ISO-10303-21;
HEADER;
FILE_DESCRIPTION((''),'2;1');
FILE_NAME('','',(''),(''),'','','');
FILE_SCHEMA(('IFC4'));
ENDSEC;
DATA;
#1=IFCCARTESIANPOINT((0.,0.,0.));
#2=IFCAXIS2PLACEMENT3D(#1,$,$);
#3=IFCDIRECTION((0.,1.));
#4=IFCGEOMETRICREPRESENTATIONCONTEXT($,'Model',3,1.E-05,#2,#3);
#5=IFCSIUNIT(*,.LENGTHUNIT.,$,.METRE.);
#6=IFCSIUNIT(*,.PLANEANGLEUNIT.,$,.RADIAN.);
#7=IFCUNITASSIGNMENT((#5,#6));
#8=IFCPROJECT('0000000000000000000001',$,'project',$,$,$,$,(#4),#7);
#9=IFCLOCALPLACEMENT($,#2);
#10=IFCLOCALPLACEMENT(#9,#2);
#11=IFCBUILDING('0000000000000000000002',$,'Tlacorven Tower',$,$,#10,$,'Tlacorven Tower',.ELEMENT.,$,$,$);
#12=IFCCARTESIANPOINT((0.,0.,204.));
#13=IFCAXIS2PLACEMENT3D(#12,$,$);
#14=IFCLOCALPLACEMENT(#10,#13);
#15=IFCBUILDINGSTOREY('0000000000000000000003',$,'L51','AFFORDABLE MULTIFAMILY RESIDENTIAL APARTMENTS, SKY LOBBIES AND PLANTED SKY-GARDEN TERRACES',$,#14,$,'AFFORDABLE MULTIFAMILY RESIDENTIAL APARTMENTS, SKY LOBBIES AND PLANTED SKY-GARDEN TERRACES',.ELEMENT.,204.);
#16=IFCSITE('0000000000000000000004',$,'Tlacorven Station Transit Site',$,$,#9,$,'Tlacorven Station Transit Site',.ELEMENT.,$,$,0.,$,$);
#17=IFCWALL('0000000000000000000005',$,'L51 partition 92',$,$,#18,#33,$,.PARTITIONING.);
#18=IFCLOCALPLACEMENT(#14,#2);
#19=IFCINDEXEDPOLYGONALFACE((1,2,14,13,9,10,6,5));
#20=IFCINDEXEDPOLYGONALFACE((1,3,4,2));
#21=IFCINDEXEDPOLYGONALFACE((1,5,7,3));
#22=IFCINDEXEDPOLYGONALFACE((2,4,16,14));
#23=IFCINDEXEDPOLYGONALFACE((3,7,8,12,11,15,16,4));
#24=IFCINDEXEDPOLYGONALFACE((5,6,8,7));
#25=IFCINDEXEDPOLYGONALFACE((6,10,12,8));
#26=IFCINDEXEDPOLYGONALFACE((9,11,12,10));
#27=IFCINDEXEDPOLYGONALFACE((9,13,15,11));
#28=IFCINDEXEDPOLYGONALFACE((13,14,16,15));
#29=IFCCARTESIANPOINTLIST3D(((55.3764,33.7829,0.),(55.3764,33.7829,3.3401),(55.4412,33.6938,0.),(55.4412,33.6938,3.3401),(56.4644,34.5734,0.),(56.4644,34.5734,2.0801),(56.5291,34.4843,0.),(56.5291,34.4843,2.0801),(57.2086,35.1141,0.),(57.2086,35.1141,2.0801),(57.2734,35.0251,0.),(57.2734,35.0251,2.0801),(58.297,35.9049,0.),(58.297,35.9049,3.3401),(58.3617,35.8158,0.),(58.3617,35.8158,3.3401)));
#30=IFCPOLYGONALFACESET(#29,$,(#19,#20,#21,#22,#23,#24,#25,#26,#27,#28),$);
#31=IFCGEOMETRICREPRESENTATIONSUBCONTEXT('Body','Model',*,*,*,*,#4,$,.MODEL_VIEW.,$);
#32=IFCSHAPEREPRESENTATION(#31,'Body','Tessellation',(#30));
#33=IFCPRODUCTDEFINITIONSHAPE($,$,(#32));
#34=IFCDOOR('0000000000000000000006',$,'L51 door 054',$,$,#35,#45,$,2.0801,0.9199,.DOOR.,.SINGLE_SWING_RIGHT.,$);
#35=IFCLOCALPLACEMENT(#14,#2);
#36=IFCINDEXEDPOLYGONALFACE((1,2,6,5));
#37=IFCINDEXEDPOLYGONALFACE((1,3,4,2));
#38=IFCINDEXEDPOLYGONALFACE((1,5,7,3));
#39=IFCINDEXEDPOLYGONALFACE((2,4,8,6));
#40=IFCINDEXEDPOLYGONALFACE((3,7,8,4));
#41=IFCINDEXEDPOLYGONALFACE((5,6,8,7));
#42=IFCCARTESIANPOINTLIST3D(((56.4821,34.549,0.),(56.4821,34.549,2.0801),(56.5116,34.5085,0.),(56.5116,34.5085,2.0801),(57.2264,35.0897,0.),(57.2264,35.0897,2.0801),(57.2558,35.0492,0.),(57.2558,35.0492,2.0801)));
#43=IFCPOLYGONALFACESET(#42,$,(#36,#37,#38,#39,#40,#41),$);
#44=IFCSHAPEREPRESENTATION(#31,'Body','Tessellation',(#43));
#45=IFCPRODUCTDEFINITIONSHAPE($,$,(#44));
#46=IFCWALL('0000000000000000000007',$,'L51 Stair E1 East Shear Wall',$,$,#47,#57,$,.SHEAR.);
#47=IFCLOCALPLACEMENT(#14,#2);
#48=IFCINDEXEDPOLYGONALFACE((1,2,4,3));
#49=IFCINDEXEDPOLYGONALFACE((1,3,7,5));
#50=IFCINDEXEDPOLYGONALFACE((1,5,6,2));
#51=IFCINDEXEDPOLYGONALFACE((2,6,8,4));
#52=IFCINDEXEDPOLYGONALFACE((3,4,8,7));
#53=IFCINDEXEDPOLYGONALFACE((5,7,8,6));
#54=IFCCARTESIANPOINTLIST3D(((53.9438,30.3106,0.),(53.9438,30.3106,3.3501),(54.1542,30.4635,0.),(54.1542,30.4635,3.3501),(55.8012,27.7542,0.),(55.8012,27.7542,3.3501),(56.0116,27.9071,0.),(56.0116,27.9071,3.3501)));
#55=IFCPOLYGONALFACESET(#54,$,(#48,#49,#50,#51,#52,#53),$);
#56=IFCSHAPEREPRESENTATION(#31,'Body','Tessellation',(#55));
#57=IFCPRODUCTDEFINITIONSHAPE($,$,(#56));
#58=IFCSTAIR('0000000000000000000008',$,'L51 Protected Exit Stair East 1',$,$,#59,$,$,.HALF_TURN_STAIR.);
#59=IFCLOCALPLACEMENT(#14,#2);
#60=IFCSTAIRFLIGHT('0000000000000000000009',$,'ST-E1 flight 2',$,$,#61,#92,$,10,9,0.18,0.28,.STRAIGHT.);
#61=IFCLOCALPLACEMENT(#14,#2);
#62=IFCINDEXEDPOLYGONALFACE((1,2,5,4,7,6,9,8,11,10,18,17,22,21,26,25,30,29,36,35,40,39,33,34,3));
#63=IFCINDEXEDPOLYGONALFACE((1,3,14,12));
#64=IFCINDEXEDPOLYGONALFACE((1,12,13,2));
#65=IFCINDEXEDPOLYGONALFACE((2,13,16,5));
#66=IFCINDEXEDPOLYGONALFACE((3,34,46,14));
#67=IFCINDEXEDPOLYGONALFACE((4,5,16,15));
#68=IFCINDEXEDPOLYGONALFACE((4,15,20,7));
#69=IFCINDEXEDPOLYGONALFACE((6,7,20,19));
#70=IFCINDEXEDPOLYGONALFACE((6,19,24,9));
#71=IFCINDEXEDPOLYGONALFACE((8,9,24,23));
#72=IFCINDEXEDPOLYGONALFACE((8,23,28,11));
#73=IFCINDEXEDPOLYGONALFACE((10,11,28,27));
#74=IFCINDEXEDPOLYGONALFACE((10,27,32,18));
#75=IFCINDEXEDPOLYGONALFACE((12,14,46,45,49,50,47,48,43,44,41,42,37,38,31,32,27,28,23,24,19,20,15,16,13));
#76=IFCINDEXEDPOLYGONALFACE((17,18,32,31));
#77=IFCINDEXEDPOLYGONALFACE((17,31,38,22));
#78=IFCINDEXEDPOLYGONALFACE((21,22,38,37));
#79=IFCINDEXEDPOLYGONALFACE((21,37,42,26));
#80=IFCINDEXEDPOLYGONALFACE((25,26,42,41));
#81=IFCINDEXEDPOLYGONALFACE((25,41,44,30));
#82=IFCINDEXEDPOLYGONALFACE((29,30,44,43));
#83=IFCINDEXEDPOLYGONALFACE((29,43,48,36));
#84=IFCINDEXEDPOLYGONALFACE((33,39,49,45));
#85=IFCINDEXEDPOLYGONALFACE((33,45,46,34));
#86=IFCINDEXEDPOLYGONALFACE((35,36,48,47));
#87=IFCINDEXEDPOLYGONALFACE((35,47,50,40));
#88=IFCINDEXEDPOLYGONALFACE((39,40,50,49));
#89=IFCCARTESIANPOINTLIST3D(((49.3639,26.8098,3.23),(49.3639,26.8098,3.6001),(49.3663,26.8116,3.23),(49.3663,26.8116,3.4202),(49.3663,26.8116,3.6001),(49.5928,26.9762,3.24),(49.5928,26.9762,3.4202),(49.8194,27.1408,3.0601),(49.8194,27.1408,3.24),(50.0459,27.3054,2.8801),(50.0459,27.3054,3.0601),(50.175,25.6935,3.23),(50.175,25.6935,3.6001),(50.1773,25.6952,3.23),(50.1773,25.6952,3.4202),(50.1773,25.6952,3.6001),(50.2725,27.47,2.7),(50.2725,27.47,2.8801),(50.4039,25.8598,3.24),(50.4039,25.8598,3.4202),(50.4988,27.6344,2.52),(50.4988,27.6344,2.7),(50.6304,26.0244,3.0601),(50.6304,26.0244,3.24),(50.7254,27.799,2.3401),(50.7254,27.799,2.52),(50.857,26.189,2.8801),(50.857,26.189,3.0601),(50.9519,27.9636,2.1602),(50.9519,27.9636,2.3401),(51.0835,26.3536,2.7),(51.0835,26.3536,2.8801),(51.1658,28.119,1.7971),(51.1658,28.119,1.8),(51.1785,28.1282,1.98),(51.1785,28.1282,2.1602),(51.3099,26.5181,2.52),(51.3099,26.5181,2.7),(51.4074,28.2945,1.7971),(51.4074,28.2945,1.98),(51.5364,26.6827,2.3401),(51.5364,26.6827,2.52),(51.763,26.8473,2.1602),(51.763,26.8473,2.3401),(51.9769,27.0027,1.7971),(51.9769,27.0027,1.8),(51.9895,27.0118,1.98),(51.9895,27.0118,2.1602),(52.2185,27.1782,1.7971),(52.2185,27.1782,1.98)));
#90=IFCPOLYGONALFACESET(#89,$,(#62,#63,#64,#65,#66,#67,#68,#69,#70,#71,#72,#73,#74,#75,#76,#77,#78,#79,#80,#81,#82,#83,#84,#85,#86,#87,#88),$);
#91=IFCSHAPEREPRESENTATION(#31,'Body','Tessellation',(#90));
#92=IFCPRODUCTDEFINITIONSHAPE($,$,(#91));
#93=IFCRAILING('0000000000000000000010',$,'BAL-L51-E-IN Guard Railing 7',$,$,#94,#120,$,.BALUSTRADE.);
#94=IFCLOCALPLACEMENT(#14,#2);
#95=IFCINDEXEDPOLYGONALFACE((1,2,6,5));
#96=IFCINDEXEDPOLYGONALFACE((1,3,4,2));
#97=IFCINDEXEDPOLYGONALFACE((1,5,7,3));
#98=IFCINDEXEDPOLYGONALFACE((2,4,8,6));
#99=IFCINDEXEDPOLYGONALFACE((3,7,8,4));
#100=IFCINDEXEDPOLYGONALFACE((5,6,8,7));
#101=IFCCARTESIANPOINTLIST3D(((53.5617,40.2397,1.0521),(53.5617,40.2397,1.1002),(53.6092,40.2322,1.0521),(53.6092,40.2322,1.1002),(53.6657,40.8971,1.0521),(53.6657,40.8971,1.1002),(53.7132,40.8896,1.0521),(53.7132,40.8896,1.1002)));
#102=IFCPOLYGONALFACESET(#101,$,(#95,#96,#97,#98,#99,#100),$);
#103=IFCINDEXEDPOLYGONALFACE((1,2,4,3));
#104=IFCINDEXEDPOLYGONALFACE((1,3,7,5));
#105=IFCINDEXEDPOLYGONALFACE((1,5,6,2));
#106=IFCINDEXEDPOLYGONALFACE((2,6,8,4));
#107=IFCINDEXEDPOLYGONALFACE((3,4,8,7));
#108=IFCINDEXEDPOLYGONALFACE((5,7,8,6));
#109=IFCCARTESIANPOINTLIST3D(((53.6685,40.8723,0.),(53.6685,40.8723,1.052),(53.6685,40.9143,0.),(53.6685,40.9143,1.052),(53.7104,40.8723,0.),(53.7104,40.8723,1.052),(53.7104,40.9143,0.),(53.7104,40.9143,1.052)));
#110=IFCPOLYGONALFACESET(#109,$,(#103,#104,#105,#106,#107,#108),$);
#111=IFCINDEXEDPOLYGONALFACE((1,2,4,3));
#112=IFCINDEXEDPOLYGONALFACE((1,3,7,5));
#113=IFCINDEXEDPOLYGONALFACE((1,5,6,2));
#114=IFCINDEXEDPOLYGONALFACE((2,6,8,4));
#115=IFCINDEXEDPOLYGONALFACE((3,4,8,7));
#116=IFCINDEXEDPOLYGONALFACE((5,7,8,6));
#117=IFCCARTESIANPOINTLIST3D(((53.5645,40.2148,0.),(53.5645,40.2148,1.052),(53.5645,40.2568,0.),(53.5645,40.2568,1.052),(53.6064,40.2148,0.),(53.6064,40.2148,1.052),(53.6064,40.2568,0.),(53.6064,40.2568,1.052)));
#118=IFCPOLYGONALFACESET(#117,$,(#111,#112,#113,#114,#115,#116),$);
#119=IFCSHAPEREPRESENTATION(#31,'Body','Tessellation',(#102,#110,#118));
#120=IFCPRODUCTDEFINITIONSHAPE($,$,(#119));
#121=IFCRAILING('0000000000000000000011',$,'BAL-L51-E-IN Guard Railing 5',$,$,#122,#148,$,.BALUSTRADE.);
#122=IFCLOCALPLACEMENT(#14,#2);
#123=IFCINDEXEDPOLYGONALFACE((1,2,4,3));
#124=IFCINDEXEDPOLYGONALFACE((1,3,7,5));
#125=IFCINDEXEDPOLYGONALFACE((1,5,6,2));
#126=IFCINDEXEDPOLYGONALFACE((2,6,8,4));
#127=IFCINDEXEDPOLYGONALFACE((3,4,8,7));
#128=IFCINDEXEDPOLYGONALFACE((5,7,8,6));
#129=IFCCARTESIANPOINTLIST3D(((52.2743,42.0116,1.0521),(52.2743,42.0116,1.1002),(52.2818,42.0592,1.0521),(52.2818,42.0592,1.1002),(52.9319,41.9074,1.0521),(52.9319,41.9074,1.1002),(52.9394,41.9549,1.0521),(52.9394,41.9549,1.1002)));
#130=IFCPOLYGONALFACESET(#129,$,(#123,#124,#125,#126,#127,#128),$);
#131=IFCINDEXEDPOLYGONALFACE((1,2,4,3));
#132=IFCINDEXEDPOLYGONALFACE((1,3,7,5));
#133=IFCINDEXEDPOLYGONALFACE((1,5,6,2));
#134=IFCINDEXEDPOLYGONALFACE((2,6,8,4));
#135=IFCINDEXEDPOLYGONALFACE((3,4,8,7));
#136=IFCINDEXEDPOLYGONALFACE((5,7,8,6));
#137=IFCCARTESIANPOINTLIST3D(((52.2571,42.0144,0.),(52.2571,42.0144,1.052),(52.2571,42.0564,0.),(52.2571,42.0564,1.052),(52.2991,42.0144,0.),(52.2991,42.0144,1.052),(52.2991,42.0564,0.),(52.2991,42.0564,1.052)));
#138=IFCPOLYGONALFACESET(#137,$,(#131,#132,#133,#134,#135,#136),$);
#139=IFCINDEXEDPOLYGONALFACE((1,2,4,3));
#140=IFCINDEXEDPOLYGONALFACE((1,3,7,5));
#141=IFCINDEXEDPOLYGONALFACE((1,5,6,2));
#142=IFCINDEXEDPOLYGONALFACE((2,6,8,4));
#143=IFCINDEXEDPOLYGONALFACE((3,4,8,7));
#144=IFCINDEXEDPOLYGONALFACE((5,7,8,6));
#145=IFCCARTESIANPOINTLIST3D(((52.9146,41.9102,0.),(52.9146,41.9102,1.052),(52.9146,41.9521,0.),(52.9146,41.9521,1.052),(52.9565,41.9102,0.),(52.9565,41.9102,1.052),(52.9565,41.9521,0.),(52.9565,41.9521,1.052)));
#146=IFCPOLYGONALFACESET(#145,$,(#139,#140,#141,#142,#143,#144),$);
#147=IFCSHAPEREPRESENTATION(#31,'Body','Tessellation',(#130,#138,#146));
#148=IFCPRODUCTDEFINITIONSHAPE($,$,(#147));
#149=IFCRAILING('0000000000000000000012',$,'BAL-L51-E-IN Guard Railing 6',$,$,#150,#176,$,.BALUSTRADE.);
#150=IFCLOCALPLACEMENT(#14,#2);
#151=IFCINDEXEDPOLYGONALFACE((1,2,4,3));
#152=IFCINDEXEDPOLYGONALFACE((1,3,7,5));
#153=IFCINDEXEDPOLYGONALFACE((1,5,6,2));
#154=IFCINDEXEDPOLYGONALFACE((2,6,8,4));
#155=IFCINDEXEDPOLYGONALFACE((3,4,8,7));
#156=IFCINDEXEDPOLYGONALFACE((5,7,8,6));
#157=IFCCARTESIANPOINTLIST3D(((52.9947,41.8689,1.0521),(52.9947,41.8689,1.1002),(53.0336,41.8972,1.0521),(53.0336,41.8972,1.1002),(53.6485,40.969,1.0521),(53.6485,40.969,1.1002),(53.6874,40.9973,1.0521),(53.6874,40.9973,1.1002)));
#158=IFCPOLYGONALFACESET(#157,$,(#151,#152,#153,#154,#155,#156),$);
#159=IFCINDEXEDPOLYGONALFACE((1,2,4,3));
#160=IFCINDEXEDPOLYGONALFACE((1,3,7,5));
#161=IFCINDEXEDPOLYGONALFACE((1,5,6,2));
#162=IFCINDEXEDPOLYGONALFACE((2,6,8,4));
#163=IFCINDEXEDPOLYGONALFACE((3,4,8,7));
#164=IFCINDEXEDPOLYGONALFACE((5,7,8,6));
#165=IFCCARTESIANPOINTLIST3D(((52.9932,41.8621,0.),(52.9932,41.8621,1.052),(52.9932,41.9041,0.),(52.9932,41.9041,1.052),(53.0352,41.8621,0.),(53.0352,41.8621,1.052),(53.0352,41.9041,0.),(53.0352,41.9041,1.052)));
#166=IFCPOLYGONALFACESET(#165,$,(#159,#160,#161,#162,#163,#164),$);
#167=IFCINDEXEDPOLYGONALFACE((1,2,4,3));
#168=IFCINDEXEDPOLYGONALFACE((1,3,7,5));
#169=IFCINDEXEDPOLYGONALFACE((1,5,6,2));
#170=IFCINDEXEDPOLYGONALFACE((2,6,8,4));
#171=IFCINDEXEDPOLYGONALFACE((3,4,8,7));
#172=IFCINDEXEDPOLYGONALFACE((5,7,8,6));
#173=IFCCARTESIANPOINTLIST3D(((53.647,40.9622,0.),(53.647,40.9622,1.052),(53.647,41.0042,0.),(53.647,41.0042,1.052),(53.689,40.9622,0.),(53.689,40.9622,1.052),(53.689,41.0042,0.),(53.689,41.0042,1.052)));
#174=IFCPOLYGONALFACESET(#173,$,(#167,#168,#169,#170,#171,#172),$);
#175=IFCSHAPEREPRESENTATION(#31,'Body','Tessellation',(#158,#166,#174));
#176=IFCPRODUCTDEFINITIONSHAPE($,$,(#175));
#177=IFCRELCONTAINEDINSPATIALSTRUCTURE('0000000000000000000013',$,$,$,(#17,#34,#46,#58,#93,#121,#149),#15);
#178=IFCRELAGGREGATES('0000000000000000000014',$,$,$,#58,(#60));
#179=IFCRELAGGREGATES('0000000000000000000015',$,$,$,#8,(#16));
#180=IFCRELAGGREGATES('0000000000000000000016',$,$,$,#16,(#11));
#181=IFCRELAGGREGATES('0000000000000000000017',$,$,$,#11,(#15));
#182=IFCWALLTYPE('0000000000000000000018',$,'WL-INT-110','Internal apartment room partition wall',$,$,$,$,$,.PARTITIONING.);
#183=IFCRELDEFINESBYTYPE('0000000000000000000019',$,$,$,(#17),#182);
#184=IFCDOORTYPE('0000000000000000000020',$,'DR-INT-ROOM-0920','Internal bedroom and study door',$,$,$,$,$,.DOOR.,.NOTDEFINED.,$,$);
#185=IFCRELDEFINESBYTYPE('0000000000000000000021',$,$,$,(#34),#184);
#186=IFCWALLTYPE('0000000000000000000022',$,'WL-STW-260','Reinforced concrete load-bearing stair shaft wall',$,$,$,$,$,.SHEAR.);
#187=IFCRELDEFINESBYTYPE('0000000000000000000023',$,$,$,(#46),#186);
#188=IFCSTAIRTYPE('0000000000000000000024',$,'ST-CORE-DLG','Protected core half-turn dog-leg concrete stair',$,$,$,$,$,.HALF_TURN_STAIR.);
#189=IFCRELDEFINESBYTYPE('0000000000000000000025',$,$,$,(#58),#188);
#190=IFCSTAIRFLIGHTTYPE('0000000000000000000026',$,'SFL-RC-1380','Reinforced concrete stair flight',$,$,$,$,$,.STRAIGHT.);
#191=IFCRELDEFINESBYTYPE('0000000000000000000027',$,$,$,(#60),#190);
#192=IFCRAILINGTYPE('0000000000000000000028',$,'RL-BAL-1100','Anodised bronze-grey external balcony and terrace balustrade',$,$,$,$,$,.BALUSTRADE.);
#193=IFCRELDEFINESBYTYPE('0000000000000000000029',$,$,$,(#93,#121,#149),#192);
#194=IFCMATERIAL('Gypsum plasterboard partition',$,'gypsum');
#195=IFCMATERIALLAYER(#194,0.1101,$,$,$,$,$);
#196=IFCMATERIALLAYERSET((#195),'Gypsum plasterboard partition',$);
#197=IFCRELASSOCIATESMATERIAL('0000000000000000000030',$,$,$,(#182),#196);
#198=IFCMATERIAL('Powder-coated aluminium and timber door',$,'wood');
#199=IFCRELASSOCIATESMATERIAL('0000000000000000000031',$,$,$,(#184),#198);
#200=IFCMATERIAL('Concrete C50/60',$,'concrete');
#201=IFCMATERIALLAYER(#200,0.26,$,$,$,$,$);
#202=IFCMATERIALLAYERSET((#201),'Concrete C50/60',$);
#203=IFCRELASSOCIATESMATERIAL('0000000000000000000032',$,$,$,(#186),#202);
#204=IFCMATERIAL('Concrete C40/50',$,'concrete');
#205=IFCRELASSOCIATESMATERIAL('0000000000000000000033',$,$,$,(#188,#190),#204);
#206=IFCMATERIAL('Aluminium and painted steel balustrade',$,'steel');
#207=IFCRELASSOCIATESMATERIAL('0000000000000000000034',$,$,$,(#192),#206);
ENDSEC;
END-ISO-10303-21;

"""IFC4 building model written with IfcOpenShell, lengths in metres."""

from ifc_helpers import new_model, si_unit, direction, frame, frame_2d, origin, origin_2d, place, context, subcontext, project, spatial, polyline, rectangle, outline, extrude, source, transform, mapped, material, layer, layer_set, type_object, element, fill, aggregate, save


model = new_model("IFC4")

# Units and contexts
model_context = context("Model", 3, precision=1e-05, world=origin(), true_north=direction((0.0, 1.0)))
body_context = subcontext(model_context, "Body", "Model", "MODEL_VIEW")
ifc_project = project(units=[si_unit("LENGTHUNIT", "METRE"), si_unit("PLANEANGLEUNIT", "RADIAN")], contexts=[model_context])

# Site, building, storey
site_placement = place(None, origin())
site = spatial("IfcSite", under=ifc_project, at=site_placement, Name="Tlacorven Station Transit Site", LongName="Tlacorven Station Transit Site", CompositionType="ELEMENT", RefElevation=0.0)
building_placement = place(site_placement, origin())
building = spatial("IfcBuilding", under=site, at=building_placement, Name="Tlacorven Tower", LongName="Tlacorven Tower", CompositionType="ELEMENT")
storey_placement = place(building_placement, frame((0.0, 0.0, 204.0)))
storey = spatial("IfcBuildingStorey", under=building, at=storey_placement, Name="L51", Description="AFFORDABLE MULTIFAMILY RESIDENTIAL APARTMENTS, SKY LOBBIES AND PLANTED SKY-GARDEN TERRACES", LongName="AFFORDABLE MULTIFAMILY RESIDENTIAL APARTMENTS, SKY LOBBIES AND PLANTED SKY-GARDEN TERRACES", CompositionType="ELEMENT", Elevation=204.0)

# Wall, opening, door
ifc_material_1 = material(Name="Gypsum plasterboard partition", Category="gypsum")
ifc_layer_1 = layer(ifc_material_1, 0.1101)
ifc_layer_set_1 = layer_set([ifc_layer_1], Name="Gypsum plasterboard partition")
wall_type_1 = type_object("IfcWallType", Name="WL-INT-110", Description="Internal apartment room partition wall", PredefinedType="PARTITIONING", material=ifc_layer_set_1)
wall_1_placement = place(storey_placement, frame((55.4087, 33.7383, 0.0), z_axis=(0.0, 0.0, 1.0), x_axis=(0.809005, 0.587802, 0.0)))
wall_1 = element("IfcWall", 1, at=wall_1_placement, inside=storey, type_object=wall_type_1, Name="L51 partition 92", PredefinedType="PARTITIONING", context=body_context, shape_type="SweptSolid", body=[
    extrude(rectangle(XDim=3.6101, YDim=0.1101, at=frame_2d((1.8052, 0.0))), origin(), (0.0, 0.0, 1.0), 3.3401),
])
opening_1_placement = place(wall_1_placement, frame((1.345, 0.0, 0.0)))
opening_1 = element("IfcOpeningElement", 2, at=opening_1_placement, cuts=wall_1, PredefinedType="OPENING", context=body_context, shape_type="SweptSolid", body=[
    extrude(rectangle(XDim=0.9199, YDim=2.0801, at=frame_2d((0.46, 1.04))), frame((0.0, 0.0649, 0.0), z_axis=(0.0, -1.0, 0.0), x_axis=(1.0, 0.0, 0.0)), (0.0, 0.0, 1.0), 0.1301),
])
ifc_material_2 = material(Name="Powder-coated aluminium and timber door", Category="wood")
door_type = type_object("IfcDoorType", Name="DR-INT-ROOM-0920", Description="Internal bedroom and study door", OperationType="NOTDEFINED", PredefinedType="DOOR", material=ifc_material_2)
shared_shape_1 = source(origin(), body_context, "Body", "SweptSolid", [
    extrude(rectangle(XDim=0.9199, YDim=2.0801, at=frame_2d((0.46, 1.04))), frame((0.0, 0.0249, 0.0), z_axis=(0.0, -1.0, 0.0), x_axis=(1.0, 0.0, 0.0)), (0.0, 0.0, 1.0), 0.05),
])
door_placement = place(opening_1_placement, origin())
door = element("IfcDoor", 3, at=door_placement, inside=storey, type_object=door_type, Name="L51 door 054", OperationType="SINGLE_SWING_RIGHT", OverallHeight=2.0801, OverallWidth=0.9199, PredefinedType="DOOR", context=body_context, shape_type="MappedRepresentation", body=[
    mapped(shared_shape_1, transform((0.0, 0.0, 0.0), scale=1.0)),
])
fill(opening_1, door)

# Wall
ifc_material_3 = material(Name="Concrete C50/60", Category="concrete")
ifc_layer_2 = layer(ifc_material_3, 0.26)
ifc_layer_set_2 = layer_set([ifc_layer_2], Name="Concrete C50/60")
wall_type_2 = type_object("IfcWallType", Name="WL-STW-260", Description="Reinforced concrete load-bearing stair shaft wall", PredefinedType="SHEAR", material=ifc_layer_set_2)
wall_2_placement = place(storey_placement, frame((55.9065, 27.8306, 0.0), z_axis=(0.0, 0.0, 1.0), x_axis=(-0.587804, 0.809003, 0.0)))
element("IfcWall", 4, at=wall_2_placement, inside=storey, type_object=wall_type_2, Name="L51 Stair E1 East Shear Wall", PredefinedType="SHEAR", context=body_context, shape_type="SweptSolid", body=[
    extrude(rectangle(XDim=3.1599, YDim=0.26, at=frame_2d((1.5801, 0.0))), origin(), (0.0, 0.0, 1.0), 3.3501),
])

# Stair, stair flight
ifc_material_4 = material(Name="Concrete C40/50", Category="concrete")
stair_type = type_object("IfcStairType", Name="ST-CORE-DLG", Description="Protected core half-turn dog-leg concrete stair", PredefinedType="HALF_TURN_STAIR", material=ifc_material_4)
stair_placement = place(storey_placement, origin())
stair = element("IfcStair", 5, at=stair_placement, inside=storey, type_object=stair_type, Name="L51 Protected Exit Stair East 1", PredefinedType="HALF_TURN_STAIR")
stair_flight_type = type_object("IfcStairFlightType", Name="SFL-RC-1380", Description="Reinforced concrete stair flight", PredefinedType="STRAIGHT", material=ifc_material_4)
shared_shape_2 = source(origin(), body_context, "Body", "SweptSolid", [
    extrude(outline(polyline([(-0.0029, -0.0029), (-0.0029, 0.1799), (0.28, 0.1799), (0.28, 0.3601), (0.5601, 0.3601), (0.5601, 0.54), (0.8401, 0.54), (0.8401, 0.72), (1.1201, 0.72), (1.1201, 0.8999), (1.3999, 0.8999), (1.3999, 1.0801), (1.6799, 1.0801), (1.6799, 1.26), (1.96, 1.26), (1.96, 1.4399), (2.24, 1.4399), (2.24, 1.6201), (2.52, 1.6201), (2.52, 1.8), (2.5229, 1.8), (2.5229, 1.4299), (2.52, 1.4299), (0.2957, 0.0), (0.2957, -0.0029), (-0.0029, -0.0029)])), frame((0.0, 0.6899, 0.0), z_axis=(0.0, -1.0, 0.0), x_axis=(1.0, 0.0, 0.0)), (0.0, 0.0, 1.0), 1.3799),
])
stair_flight_placement = place(storey_placement, frame((51.8105, 27.7346, 1.8), z_axis=(0.0, 0.0, 1.0), x_axis=(-0.809017, -0.587785, 0.0)))
stair_flight = element("IfcStairFlight", 6, at=stair_flight_placement, type_object=stair_flight_type, Name="ST-E1 flight 2", NumberOfRisers=10, NumberOfTreads=9, PredefinedType="STRAIGHT", RiserHeight=0.18, TreadLength=0.28, context=body_context, shape_type="MappedRepresentation", body=[
    mapped(shared_shape_2, transform((0.0, 0.0, 0.0), scale=1.0)),
])
aggregate(stair, [stair_flight])

# Railings
ifc_material_5 = material(Name="Aluminium and painted steel balustrade", Category="steel")
railing_type_1 = type_object("IfcRailingType", Name="RL-BAL-1100", Description="Anodised bronze-grey external balcony and terrace balustrade", PredefinedType="BALUSTRADE", material=ifc_material_5)
shared_shape_3 = source(origin(), body_context, "Body", "SweptSolid", [
    extrude(rectangle(XDim=0.0481, YDim=0.0481, at=origin_2d()), frame((0.0, 0.0, 1.0762), z_axis=(-0.156245, -0.987718, 0.0), x_axis=(0.987718, -0.156245, 0.0)), (0.0, 0.0, 1.0), 0.6655),
    extrude(rectangle(XDim=0.042, YDim=0.042, at=origin_2d()), origin(), (0.0, 0.0, 1.0), 1.052),
    extrude(rectangle(XDim=0.042, YDim=0.042, at=origin_2d()), frame((-0.104, -0.6575, 0.0)), (0.0, 0.0, 1.0), 1.052),
])
railing_1_placement = place(storey_placement, frame((53.6895, 40.8933, 0.0)))
element("IfcRailing", 7, at=railing_1_placement, inside=storey, type_object=railing_type_1, Name="BAL-L51-E-IN Guard Railing 7", PredefinedType="BALUSTRADE", context=body_context, shape_type="MappedRepresentation", body=[
    mapped(shared_shape_3, transform((0.0, 0.0, 0.0), scale=1.0)),
])
shared_shape_4 = source(origin(), body_context, "Body", "SweptSolid", [
    extrude(rectangle(XDim=0.0481, YDim=0.0481, at=origin_2d()), frame((0.0, 0.0, 1.0762), z_axis=(0.987662, -0.156603, 0.0), x_axis=(0.156603, 0.987662, 0.0)), (0.0, 0.0, 1.0), 0.6658),
    extrude(rectangle(XDim=0.042, YDim=0.042, at=origin_2d()), origin(), (0.0, 0.0, 1.0), 1.052),
    extrude(rectangle(XDim=0.042, YDim=0.042, at=origin_2d()), frame((0.6575, -0.1042, 0.0)), (0.0, 0.0, 1.0), 1.052),
])
railing_2_placement = place(storey_placement, frame((52.2781, 42.0354, 0.0)))
element("IfcRailing", 8, at=railing_2_placement, inside=storey, type_object=railing_type_1, Name="BAL-L51-E-IN Guard Railing 5", PredefinedType="BALUSTRADE", context=body_context, shape_type="MappedRepresentation", body=[
    mapped(shared_shape_4, transform((0.0, 0.0, 0.0), scale=1.0)),
])
shared_shape_5 = source(origin(), body_context, "Body", "SweptSolid", [
    extrude(rectangle(XDim=0.0481, YDim=0.0481, at=origin_2d()), frame((0.0, 0.0, 1.0762), z_axis=(0.58778, -0.809021, 0.0), x_axis=(0.809021, 0.58778, 0.0)), (0.0, 0.0, 1.0), 1.1123),
    extrude(rectangle(XDim=0.042, YDim=0.042, at=origin_2d()), origin(), (0.0, 0.0, 1.0), 1.052),
    extrude(rectangle(XDim=0.042, YDim=0.042, at=origin_2d()), frame((0.6538, -0.8999, 0.0)), (0.0, 0.0, 1.0), 1.052),
])
railing_3_placement = place(storey_placement, frame((53.0142, 41.8831, 0.0)))
element("IfcRailing", 9, at=railing_3_placement, inside=storey, type_object=railing_type_1, Name="BAL-L51-E-IN Guard Railing 6", PredefinedType="BALUSTRADE", context=body_context, shape_type="MappedRepresentation", body=[
    mapped(shared_shape_5, transform((0.0, 0.0, 0.0), scale=1.0)),
])

save(model, "model.ifc")
